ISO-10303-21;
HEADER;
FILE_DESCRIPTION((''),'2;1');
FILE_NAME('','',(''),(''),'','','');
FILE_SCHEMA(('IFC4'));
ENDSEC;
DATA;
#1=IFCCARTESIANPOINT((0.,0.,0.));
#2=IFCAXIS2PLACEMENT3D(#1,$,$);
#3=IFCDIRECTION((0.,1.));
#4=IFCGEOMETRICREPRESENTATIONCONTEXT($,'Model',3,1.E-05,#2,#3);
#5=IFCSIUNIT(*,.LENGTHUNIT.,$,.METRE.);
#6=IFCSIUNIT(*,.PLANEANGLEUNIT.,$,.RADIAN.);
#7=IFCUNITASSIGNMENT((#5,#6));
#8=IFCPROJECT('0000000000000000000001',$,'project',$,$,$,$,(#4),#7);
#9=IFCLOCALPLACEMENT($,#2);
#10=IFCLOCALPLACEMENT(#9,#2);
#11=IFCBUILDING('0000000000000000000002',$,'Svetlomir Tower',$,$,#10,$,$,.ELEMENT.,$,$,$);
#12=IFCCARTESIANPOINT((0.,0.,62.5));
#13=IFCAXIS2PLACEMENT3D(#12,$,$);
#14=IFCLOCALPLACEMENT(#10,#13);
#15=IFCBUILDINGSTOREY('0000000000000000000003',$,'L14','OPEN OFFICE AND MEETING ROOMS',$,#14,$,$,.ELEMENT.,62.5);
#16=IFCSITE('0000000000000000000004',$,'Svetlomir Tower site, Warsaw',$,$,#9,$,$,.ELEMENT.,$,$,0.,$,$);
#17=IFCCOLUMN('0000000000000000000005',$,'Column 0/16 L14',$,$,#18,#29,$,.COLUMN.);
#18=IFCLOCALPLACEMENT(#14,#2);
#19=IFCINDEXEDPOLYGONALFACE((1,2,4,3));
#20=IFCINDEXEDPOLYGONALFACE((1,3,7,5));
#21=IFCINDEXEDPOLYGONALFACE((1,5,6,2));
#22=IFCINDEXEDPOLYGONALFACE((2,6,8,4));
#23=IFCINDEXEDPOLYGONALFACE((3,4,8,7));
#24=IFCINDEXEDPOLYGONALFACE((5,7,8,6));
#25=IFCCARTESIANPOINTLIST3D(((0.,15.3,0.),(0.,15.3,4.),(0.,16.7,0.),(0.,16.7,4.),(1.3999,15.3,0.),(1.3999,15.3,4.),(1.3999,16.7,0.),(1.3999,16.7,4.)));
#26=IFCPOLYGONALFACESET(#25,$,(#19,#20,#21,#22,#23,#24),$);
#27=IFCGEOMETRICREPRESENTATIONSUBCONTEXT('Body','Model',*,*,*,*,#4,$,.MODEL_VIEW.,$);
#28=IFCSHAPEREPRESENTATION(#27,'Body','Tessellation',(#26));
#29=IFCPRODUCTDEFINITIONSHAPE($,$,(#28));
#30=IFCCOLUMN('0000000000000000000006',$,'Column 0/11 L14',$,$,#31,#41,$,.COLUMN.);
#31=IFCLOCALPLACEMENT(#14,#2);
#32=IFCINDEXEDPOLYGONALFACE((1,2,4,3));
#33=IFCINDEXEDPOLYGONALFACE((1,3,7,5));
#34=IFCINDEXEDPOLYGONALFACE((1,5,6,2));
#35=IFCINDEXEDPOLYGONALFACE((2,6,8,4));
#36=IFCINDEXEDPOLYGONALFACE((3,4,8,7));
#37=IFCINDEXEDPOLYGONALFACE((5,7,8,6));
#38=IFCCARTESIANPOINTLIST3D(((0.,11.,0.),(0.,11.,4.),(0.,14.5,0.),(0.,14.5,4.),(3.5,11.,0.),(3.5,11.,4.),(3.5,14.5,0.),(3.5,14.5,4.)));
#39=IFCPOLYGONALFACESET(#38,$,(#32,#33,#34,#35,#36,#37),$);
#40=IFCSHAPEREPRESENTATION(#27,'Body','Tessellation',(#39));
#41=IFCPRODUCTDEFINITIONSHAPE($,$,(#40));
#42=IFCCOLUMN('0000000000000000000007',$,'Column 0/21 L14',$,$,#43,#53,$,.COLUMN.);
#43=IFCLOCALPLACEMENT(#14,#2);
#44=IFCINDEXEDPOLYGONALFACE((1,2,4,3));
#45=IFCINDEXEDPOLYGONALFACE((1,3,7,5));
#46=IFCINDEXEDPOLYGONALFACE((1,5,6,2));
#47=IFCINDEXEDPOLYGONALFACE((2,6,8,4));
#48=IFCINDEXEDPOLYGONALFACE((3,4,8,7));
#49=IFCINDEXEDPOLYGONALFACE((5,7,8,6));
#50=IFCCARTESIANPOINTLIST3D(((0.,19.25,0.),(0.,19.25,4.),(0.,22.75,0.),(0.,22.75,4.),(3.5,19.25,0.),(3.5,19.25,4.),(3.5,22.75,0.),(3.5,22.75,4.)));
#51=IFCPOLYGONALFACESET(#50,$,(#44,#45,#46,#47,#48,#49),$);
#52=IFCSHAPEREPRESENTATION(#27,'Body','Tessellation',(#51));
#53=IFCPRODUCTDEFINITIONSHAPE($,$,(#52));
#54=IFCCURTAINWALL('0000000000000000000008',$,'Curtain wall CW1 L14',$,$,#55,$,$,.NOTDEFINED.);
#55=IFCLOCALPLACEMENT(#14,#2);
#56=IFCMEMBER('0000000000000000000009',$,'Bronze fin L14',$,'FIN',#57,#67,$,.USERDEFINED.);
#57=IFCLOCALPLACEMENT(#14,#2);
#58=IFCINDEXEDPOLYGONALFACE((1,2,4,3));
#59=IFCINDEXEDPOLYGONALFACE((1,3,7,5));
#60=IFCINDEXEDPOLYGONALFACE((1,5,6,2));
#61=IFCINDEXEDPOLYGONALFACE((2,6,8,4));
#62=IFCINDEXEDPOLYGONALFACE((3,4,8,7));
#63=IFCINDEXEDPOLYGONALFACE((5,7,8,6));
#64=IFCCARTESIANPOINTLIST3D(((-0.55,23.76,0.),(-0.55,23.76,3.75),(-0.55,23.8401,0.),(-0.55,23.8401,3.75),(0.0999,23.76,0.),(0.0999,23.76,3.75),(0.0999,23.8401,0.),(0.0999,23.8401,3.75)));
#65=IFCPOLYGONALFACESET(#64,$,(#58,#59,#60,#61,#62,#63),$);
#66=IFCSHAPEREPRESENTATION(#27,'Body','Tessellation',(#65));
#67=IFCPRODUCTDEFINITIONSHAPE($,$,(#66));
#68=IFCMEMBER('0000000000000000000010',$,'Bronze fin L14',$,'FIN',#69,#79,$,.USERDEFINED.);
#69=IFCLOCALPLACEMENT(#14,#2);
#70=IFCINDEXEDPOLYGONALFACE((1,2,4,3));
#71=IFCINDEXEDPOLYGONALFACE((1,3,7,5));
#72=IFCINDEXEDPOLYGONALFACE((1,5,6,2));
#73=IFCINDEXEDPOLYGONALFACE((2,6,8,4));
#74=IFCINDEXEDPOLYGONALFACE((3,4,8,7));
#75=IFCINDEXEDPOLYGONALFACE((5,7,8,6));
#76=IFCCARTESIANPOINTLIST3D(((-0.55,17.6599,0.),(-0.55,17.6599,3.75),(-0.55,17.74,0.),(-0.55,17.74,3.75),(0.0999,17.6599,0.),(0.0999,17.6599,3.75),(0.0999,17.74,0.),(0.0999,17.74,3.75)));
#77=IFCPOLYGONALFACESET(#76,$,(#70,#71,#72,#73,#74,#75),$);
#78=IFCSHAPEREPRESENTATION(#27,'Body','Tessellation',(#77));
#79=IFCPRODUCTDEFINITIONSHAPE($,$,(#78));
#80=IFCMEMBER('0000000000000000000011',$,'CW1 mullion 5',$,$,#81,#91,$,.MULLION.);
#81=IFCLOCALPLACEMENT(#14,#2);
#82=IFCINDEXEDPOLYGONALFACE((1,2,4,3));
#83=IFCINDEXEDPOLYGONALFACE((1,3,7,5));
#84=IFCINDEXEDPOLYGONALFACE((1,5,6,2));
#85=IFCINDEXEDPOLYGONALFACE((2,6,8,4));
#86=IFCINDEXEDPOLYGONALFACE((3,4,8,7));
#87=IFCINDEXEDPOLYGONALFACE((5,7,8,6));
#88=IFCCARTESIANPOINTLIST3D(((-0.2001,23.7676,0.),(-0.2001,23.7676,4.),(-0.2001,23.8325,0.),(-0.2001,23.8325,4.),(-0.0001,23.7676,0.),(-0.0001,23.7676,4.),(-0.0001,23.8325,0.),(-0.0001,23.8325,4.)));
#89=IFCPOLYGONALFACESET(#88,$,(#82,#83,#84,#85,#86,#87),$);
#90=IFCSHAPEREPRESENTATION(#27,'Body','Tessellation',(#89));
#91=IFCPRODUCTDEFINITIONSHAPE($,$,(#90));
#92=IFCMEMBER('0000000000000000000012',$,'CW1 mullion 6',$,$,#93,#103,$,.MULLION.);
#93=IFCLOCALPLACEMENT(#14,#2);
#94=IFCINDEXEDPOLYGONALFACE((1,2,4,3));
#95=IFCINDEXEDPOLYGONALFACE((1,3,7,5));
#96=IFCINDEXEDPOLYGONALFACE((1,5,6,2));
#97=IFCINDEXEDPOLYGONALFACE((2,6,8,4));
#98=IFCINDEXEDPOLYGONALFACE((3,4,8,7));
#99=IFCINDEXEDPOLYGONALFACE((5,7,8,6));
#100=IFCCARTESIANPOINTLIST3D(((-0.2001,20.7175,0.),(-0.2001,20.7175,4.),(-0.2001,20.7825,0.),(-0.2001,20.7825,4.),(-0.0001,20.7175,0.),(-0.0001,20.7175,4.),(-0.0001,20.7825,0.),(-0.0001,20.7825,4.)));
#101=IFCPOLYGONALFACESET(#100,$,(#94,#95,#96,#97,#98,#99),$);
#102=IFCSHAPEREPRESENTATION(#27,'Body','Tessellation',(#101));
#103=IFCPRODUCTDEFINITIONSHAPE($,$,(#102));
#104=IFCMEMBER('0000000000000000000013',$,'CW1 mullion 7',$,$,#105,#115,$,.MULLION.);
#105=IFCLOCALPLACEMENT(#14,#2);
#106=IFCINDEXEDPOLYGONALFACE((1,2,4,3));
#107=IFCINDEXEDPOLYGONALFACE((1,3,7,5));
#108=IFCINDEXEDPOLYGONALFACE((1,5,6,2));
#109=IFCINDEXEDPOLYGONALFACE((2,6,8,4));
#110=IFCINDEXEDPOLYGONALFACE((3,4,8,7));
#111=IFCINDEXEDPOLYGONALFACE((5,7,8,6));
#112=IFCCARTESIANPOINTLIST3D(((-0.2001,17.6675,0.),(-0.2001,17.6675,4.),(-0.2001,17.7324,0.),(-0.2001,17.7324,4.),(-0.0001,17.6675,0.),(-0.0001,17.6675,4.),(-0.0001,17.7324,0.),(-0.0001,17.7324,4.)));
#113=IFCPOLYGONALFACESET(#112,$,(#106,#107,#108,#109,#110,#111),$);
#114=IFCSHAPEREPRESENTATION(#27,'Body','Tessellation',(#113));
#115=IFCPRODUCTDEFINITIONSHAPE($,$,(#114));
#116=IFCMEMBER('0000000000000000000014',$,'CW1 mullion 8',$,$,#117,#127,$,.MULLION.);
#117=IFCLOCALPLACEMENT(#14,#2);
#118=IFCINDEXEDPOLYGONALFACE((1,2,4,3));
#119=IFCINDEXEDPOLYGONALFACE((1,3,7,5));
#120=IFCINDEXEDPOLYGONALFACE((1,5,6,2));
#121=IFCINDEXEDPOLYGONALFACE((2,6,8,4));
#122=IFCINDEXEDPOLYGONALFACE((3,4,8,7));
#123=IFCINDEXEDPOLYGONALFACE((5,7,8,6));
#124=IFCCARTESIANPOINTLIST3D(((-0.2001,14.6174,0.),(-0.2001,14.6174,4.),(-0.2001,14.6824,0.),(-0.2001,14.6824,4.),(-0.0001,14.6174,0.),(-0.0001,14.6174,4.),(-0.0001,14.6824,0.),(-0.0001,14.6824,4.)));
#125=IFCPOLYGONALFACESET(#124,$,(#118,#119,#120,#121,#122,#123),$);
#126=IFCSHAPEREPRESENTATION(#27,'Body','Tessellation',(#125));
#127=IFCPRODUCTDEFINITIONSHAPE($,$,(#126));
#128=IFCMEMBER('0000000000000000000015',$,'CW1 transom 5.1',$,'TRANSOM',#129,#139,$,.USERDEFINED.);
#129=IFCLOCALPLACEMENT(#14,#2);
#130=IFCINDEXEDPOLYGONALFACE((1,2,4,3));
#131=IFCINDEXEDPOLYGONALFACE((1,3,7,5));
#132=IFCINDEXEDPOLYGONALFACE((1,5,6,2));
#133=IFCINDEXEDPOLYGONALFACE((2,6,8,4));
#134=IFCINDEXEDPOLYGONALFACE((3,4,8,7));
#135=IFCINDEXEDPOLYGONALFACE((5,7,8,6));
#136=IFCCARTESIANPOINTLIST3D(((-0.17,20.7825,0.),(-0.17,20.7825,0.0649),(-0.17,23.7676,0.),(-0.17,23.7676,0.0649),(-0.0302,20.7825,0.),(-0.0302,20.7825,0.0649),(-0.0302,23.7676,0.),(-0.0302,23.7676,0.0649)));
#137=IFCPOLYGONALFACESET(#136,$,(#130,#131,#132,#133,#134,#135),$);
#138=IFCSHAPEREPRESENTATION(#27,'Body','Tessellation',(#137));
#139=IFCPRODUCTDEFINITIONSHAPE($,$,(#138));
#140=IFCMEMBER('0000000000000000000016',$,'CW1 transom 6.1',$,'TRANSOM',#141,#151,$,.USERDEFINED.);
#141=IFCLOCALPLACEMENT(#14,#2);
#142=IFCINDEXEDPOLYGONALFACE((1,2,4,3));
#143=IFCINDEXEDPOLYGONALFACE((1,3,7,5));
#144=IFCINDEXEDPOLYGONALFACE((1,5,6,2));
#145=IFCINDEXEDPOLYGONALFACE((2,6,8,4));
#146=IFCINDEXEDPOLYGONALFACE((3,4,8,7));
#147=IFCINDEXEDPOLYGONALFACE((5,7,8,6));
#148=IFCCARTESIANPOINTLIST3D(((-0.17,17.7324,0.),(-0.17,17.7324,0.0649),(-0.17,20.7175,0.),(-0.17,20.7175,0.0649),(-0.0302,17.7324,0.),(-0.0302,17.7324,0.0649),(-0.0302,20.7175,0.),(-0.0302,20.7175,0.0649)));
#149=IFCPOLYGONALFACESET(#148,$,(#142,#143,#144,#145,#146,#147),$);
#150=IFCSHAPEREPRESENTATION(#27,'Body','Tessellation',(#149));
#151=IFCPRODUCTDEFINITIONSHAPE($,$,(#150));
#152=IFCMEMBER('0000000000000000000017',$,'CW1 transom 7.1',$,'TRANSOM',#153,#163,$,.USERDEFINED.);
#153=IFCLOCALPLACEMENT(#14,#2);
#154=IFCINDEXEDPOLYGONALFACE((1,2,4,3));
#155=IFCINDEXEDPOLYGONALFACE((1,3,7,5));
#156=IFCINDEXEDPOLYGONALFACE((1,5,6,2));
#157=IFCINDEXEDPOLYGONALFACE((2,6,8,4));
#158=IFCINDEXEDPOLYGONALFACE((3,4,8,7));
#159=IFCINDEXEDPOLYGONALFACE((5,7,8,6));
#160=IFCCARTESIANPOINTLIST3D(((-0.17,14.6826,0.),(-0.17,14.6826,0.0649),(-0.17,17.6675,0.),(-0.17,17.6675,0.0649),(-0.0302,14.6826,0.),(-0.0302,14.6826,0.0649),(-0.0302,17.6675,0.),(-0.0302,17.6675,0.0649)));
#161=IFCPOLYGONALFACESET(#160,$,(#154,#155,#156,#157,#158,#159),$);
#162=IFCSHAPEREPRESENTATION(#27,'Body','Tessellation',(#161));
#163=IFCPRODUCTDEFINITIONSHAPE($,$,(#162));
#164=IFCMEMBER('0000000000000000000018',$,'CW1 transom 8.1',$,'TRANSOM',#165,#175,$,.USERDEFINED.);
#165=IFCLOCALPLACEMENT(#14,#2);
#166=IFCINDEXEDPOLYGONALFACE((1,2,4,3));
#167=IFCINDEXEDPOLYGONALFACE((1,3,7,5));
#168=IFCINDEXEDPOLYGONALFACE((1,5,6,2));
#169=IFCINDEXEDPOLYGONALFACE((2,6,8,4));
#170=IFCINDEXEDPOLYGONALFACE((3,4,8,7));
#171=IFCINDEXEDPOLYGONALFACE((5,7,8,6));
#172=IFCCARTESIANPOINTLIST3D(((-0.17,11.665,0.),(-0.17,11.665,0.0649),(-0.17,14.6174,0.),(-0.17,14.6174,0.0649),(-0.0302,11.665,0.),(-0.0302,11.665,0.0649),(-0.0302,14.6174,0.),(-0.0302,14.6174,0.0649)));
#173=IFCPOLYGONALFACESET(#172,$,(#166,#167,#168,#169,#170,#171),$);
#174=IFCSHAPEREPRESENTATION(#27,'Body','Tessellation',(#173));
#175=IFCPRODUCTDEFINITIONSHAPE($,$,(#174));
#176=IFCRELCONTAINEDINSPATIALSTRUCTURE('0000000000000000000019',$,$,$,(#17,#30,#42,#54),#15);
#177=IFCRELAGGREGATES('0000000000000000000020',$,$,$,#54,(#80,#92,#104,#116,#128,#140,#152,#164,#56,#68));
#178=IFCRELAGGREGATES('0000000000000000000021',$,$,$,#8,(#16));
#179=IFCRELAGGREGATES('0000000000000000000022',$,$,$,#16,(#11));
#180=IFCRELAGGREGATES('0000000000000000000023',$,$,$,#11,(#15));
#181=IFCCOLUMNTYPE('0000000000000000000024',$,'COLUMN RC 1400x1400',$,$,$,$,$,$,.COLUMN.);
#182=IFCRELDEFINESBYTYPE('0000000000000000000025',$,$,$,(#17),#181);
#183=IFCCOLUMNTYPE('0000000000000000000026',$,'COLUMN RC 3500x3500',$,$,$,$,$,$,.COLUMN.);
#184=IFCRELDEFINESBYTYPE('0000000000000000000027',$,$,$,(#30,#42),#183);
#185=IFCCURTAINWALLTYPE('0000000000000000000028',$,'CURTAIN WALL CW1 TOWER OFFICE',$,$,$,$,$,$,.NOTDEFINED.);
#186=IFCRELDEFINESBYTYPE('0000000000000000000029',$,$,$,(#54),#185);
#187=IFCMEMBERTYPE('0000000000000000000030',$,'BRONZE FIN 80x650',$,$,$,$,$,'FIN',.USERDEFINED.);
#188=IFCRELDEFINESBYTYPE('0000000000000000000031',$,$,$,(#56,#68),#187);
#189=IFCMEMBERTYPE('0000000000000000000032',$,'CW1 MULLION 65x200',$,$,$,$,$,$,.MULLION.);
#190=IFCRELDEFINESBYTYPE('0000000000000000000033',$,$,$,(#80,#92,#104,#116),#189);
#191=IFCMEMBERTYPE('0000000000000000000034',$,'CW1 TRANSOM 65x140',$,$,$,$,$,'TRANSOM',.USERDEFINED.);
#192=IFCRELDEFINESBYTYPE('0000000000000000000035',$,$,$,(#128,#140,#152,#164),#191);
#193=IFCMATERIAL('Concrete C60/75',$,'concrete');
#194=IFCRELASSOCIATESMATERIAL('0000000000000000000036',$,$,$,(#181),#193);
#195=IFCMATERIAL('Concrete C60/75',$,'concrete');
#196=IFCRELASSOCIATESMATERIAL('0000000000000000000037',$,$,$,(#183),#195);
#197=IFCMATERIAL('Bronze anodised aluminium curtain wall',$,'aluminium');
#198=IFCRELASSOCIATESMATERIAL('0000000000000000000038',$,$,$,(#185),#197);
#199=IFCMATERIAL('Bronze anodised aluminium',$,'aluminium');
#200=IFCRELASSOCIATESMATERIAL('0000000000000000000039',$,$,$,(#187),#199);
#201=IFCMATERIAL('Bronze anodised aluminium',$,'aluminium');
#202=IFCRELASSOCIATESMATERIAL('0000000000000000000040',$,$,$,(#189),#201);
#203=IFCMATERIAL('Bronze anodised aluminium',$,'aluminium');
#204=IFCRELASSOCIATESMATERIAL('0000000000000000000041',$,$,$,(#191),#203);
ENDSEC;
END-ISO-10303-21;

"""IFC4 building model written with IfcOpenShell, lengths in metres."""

from ifc_helpers import new_model, si_unit, direction, frame, origin, origin_2d, place, context, subcontext, project, spatial, rectangle, extrude, material, material_profile, profile_set, type_object, element, aggregate, save


model = new_model("IFC4")

# Units and contexts
model_context = context("Model", 3, precision=1e-05, world=origin(), true_north=direction((0.0, 1.0)))
body_context = subcontext(model_context, "Body", "Model", "MODEL_VIEW")
ifc_project = project(units=[si_unit("LENGTHUNIT", "METRE"), si_unit("PLANEANGLEUNIT", "RADIAN")], contexts=[model_context])

# Site, building, storey
site_placement = place(None, origin())
site = spatial("IfcSite", under=ifc_project, at=site_placement, Name="Svetlomir Tower site, Warsaw", CompositionType="ELEMENT", RefElevation=0.0)
building_placement = place(site_placement, origin())
building = spatial("IfcBuilding", under=site, at=building_placement, Name="Svetlomir Tower", CompositionType="ELEMENT")
storey_placement = place(building_placement, frame((0.0, 0.0, 62.5)))
storey = spatial("IfcBuildingStorey", under=building, at=storey_placement, Name="L14", Description="OPEN OFFICE AND MEETING ROOMS", CompositionType="ELEMENT", Elevation=62.5)

# Columns
ifc_material_1 = material(Name="Concrete C60/75", Category="concrete")
ifc_material_profile_1 = material_profile(ifc_material_1, rectangle(XDim=1.3999, YDim=1.3999, at=origin_2d()), Name="RC 1400x1400")
ifc_profile_set_1 = profile_set([ifc_material_profile_1], Name="Concrete C60/75")
column_type_1 = type_object("IfcColumnType", Name="COLUMN RC 1400x1400", PredefinedType="COLUMN", material=ifc_profile_set_1)
column_placement = place(storey_placement, frame((0.7, 16.0, 0.0), z_axis=(0.0, 0.0, 1.0), x_axis=(1.0, 0.0, 0.0)))
element("IfcColumn", 1, at=column_placement, inside=storey, type_object=column_type_1, Name="Column 0/16 L14", PredefinedType="COLUMN", context=body_context, shape_type="SweptSolid", body=[
    extrude(rectangle(XDim=1.3999, YDim=1.3999, at=origin_2d()), origin(), (0.0, 0.0, 1.0), 4.0),
])
ifc_material_2 = material(Name="Concrete C60/75", Category="concrete")
ifc_material_profile_2 = material_profile(ifc_material_2, rectangle(XDim=3.5, YDim=3.5, at=origin_2d()), Name="RC 3500x3500")
ifc_profile_set_2 = profile_set([ifc_material_profile_2], Name="Concrete C60/75")
column_type_2 = type_object("IfcColumnType", Name="COLUMN RC 3500x3500", PredefinedType="COLUMN", material=ifc_profile_set_2)
for number, where, z_axis, x_axis, name in (
    (2, (1.75, 12.75, 0.0), (0.0, 0.0, 1.0), (1.0, 0.0, 0.0), "Column 0/11 L14"),
    (3, (1.75, 21.0, 0.0), (0.0, 0.0, 1.0), (1.0, 0.0, 0.0), "Column 0/21 L14"),
):
    element("IfcColumn", number, at=place(storey_placement, frame(where, z_axis=z_axis, x_axis=x_axis)), inside=storey, type_object=column_type_2, Name=name, PredefinedType="COLUMN", context=body_context, shape_type="SweptSolid", body=[
        extrude(rectangle(XDim=3.5, YDim=3.5, at=origin_2d()), origin(), (0.0, 0.0, 1.0), 4.0),
    ])

# Curtain wall, members
ifc_material_3 = material(Name="Bronze anodised aluminium curtain wall", Category="aluminium")
curtain_wall_type = type_object("IfcCurtainWallType", Name="CURTAIN WALL CW1 TOWER OFFICE", PredefinedType="NOTDEFINED", material=ifc_material_3)
curtain_wall_placement = place(storey_placement, origin())
curtain_wall = element("IfcCurtainWall", 4, at=curtain_wall_placement, inside=storey, type_object=curtain_wall_type, Name="Curtain wall CW1 L14", PredefinedType="NOTDEFINED")
ifc_material_4 = material(Name="Bronze anodised aluminium", Category="aluminium")
ifc_material_profile_3 = material_profile(ifc_material_4, rectangle(XDim=0.0801, YDim=0.6499, at=origin_2d()), Name="FIN 80x650")
ifc_profile_set_3 = profile_set([ifc_material_profile_3], Name="Bronze anodised aluminium 6063-T6")
member_type_1 = type_object("IfcMemberType", Name="BRONZE FIN 80x650", ElementType="FIN", PredefinedType="USERDEFINED", material=ifc_profile_set_3)
member_1_placement = place(storey_placement, frame((-0.2251, 23.8, 0.0), z_axis=(0.0, 0.0, 1.0), x_axis=(0.0, 1.0, 0.0)))
member_1 = element("IfcMember", 5, at=member_1_placement, type_object=member_type_1, Name="Bronze fin L14", ObjectType="FIN", PredefinedType="USERDEFINED", context=body_context, shape_type="SweptSolid", body=[
    extrude(rectangle(XDim=0.0801, YDim=0.6499, at=origin_2d()), origin(), (0.0, 0.0, 1.0), 3.75),
])
member_2_placement = place(storey_placement, frame((-0.2251, 17.7, 0.0), z_axis=(0.0, 0.0, 1.0), x_axis=(0.0, 1.0, 0.0)))
member_2 = element("IfcMember", 6, at=member_2_placement, type_object=member_type_1, Name="Bronze fin L14", ObjectType="FIN", PredefinedType="USERDEFINED", context=body_context, shape_type="SweptSolid", body=[
    extrude(rectangle(XDim=0.0801, YDim=0.6499, at=origin_2d()), origin(), (0.0, 0.0, 1.0), 3.75),
])
ifc_material_5 = material(Name="Bronze anodised aluminium", Category="aluminium")
ifc_material_profile_4 = material_profile(ifc_material_5, rectangle(XDim=0.0649, YDim=0.2, at=origin_2d()), Name="AL 65x200")
ifc_profile_set_4 = profile_set([ifc_material_profile_4], Name="Bronze anodised aluminium 6063-T6")
member_type_2 = type_object("IfcMemberType", Name="CW1 MULLION 65x200", PredefinedType="MULLION", material=ifc_profile_set_4)
member_3_placement = place(storey_placement, frame((-0.1001, 23.8, 0.0), z_axis=(0.0, 0.0, 1.0), x_axis=(0.0, -1.0, 0.0)))
member_3 = element("IfcMember", 7, at=member_3_placement, type_object=member_type_2, Name="CW1 mullion 5", PredefinedType="MULLION", context=body_context, shape_type="SweptSolid", body=[
    extrude(rectangle(XDim=0.0649, YDim=0.2, at=origin_2d()), origin(), (0.0, 0.0, 1.0), 4.0),
])
member_4_placement = place(storey_placement, frame((-0.1001, 20.75, 0.0), z_axis=(0.0, 0.0, 1.0), x_axis=(0.0, -1.0, 0.0)))
member_4 = element("IfcMember", 8, at=member_4_placement, type_object=member_type_2, Name="CW1 mullion 6", PredefinedType="MULLION", context=body_context, shape_type="SweptSolid", body=[
    extrude(rectangle(XDim=0.0649, YDim=0.2, at=origin_2d()), origin(), (0.0, 0.0, 1.0), 4.0),
])
member_5_placement = place(storey_placement, frame((-0.1001, 17.7, 0.0), z_axis=(0.0, 0.0, 1.0), x_axis=(0.0, -1.0, 0.0)))
member_5 = element("IfcMember", 9, at=member_5_placement, type_object=member_type_2, Name="CW1 mullion 7", PredefinedType="MULLION", context=body_context, shape_type="SweptSolid", body=[
    extrude(rectangle(XDim=0.0649, YDim=0.2, at=origin_2d()), origin(), (0.0, 0.0, 1.0), 4.0),
])
member_6_placement = place(storey_placement, frame((-0.1001, 14.6499, 0.0), z_axis=(0.0, 0.0, 1.0), x_axis=(0.0, -1.0, 0.0)))
member_6 = element("IfcMember", 10, at=member_6_placement, type_object=member_type_2, Name="CW1 mullion 8", PredefinedType="MULLION", context=body_context, shape_type="SweptSolid", body=[
    extrude(rectangle(XDim=0.0649, YDim=0.2, at=origin_2d()), origin(), (0.0, 0.0, 1.0), 4.0),
])
ifc_material_6 = material(Name="Bronze anodised aluminium", Category="aluminium")
ifc_material_profile_5 = material_profile(ifc_material_6, rectangle(XDim=0.1399, YDim=0.0649, at=origin_2d()), Name="AL 140x65")
ifc_profile_set_5 = profile_set([ifc_material_profile_5], Name="Bronze anodised aluminium 6063-T6")
member_type_3 = type_object("IfcMemberType", Name="CW1 TRANSOM 65x140", ElementType="TRANSOM", PredefinedType="USERDEFINED", material=ifc_profile_set_5)
member_7_placement = place(storey_placement, frame((-0.1001, 23.7676, 0.0325), z_axis=(0.0, -1.0, 0.0), x_axis=(1.0, 0.0, 0.0)))
member_7 = element("IfcMember", 11, at=member_7_placement, type_object=member_type_3, Name="CW1 transom 5.1", ObjectType="TRANSOM", PredefinedType="USERDEFINED", context=body_context, shape_type="SweptSolid", body=[
    extrude(rectangle(XDim=0.1399, YDim=0.0649, at=origin_2d()), origin(), (0.0, 0.0, 1.0), 2.9851),
])
member_8_placement = place(storey_placement, frame((-0.1001, 20.7175, 0.0325), z_axis=(0.0, -1.0, 0.0), x_axis=(1.0, 0.0, 0.0)))
member_8 = element("IfcMember", 12, at=member_8_placement, type_object=member_type_3, Name="CW1 transom 6.1", ObjectType="TRANSOM", PredefinedType="USERDEFINED", context=body_context, shape_type="SweptSolid", body=[
    extrude(rectangle(XDim=0.1399, YDim=0.0649, at=origin_2d()), origin(), (0.0, 0.0, 1.0), 2.9851),
])
member_9_placement = place(storey_placement, frame((-0.1001, 17.6675, 0.0325), z_axis=(0.0, -1.0, 0.0), x_axis=(1.0, 0.0, 0.0)))
member_9 = element("IfcMember", 13, at=member_9_placement, type_object=member_type_3, Name="CW1 transom 7.1", ObjectType="TRANSOM", PredefinedType="USERDEFINED", context=body_context, shape_type="SweptSolid", body=[
    extrude(rectangle(XDim=0.1399, YDim=0.0649, at=origin_2d()), origin(), (0.0, 0.0, 1.0), 2.9849),
])
member_10_placement = place(storey_placement, frame((-0.1001, 14.6174, 0.0325), z_axis=(0.0, -1.0, 0.0), x_axis=(1.0, 0.0, 0.0)))
member_10 = element("IfcMember", 14, at=member_10_placement, type_object=member_type_3, Name="CW1 transom 8.1", ObjectType="TRANSOM", PredefinedType="USERDEFINED", context=body_context, shape_type="SweptSolid", body=[
    extrude(rectangle(XDim=0.1399, YDim=0.0649, at=origin_2d()), origin(), (0.0, 0.0, 1.0), 2.9524),
])

aggregate(curtain_wall, [member_3, member_4, member_5, member_6, member_7, member_8, member_9, member_10, member_1, member_2])

save(model, "model.ifc")
